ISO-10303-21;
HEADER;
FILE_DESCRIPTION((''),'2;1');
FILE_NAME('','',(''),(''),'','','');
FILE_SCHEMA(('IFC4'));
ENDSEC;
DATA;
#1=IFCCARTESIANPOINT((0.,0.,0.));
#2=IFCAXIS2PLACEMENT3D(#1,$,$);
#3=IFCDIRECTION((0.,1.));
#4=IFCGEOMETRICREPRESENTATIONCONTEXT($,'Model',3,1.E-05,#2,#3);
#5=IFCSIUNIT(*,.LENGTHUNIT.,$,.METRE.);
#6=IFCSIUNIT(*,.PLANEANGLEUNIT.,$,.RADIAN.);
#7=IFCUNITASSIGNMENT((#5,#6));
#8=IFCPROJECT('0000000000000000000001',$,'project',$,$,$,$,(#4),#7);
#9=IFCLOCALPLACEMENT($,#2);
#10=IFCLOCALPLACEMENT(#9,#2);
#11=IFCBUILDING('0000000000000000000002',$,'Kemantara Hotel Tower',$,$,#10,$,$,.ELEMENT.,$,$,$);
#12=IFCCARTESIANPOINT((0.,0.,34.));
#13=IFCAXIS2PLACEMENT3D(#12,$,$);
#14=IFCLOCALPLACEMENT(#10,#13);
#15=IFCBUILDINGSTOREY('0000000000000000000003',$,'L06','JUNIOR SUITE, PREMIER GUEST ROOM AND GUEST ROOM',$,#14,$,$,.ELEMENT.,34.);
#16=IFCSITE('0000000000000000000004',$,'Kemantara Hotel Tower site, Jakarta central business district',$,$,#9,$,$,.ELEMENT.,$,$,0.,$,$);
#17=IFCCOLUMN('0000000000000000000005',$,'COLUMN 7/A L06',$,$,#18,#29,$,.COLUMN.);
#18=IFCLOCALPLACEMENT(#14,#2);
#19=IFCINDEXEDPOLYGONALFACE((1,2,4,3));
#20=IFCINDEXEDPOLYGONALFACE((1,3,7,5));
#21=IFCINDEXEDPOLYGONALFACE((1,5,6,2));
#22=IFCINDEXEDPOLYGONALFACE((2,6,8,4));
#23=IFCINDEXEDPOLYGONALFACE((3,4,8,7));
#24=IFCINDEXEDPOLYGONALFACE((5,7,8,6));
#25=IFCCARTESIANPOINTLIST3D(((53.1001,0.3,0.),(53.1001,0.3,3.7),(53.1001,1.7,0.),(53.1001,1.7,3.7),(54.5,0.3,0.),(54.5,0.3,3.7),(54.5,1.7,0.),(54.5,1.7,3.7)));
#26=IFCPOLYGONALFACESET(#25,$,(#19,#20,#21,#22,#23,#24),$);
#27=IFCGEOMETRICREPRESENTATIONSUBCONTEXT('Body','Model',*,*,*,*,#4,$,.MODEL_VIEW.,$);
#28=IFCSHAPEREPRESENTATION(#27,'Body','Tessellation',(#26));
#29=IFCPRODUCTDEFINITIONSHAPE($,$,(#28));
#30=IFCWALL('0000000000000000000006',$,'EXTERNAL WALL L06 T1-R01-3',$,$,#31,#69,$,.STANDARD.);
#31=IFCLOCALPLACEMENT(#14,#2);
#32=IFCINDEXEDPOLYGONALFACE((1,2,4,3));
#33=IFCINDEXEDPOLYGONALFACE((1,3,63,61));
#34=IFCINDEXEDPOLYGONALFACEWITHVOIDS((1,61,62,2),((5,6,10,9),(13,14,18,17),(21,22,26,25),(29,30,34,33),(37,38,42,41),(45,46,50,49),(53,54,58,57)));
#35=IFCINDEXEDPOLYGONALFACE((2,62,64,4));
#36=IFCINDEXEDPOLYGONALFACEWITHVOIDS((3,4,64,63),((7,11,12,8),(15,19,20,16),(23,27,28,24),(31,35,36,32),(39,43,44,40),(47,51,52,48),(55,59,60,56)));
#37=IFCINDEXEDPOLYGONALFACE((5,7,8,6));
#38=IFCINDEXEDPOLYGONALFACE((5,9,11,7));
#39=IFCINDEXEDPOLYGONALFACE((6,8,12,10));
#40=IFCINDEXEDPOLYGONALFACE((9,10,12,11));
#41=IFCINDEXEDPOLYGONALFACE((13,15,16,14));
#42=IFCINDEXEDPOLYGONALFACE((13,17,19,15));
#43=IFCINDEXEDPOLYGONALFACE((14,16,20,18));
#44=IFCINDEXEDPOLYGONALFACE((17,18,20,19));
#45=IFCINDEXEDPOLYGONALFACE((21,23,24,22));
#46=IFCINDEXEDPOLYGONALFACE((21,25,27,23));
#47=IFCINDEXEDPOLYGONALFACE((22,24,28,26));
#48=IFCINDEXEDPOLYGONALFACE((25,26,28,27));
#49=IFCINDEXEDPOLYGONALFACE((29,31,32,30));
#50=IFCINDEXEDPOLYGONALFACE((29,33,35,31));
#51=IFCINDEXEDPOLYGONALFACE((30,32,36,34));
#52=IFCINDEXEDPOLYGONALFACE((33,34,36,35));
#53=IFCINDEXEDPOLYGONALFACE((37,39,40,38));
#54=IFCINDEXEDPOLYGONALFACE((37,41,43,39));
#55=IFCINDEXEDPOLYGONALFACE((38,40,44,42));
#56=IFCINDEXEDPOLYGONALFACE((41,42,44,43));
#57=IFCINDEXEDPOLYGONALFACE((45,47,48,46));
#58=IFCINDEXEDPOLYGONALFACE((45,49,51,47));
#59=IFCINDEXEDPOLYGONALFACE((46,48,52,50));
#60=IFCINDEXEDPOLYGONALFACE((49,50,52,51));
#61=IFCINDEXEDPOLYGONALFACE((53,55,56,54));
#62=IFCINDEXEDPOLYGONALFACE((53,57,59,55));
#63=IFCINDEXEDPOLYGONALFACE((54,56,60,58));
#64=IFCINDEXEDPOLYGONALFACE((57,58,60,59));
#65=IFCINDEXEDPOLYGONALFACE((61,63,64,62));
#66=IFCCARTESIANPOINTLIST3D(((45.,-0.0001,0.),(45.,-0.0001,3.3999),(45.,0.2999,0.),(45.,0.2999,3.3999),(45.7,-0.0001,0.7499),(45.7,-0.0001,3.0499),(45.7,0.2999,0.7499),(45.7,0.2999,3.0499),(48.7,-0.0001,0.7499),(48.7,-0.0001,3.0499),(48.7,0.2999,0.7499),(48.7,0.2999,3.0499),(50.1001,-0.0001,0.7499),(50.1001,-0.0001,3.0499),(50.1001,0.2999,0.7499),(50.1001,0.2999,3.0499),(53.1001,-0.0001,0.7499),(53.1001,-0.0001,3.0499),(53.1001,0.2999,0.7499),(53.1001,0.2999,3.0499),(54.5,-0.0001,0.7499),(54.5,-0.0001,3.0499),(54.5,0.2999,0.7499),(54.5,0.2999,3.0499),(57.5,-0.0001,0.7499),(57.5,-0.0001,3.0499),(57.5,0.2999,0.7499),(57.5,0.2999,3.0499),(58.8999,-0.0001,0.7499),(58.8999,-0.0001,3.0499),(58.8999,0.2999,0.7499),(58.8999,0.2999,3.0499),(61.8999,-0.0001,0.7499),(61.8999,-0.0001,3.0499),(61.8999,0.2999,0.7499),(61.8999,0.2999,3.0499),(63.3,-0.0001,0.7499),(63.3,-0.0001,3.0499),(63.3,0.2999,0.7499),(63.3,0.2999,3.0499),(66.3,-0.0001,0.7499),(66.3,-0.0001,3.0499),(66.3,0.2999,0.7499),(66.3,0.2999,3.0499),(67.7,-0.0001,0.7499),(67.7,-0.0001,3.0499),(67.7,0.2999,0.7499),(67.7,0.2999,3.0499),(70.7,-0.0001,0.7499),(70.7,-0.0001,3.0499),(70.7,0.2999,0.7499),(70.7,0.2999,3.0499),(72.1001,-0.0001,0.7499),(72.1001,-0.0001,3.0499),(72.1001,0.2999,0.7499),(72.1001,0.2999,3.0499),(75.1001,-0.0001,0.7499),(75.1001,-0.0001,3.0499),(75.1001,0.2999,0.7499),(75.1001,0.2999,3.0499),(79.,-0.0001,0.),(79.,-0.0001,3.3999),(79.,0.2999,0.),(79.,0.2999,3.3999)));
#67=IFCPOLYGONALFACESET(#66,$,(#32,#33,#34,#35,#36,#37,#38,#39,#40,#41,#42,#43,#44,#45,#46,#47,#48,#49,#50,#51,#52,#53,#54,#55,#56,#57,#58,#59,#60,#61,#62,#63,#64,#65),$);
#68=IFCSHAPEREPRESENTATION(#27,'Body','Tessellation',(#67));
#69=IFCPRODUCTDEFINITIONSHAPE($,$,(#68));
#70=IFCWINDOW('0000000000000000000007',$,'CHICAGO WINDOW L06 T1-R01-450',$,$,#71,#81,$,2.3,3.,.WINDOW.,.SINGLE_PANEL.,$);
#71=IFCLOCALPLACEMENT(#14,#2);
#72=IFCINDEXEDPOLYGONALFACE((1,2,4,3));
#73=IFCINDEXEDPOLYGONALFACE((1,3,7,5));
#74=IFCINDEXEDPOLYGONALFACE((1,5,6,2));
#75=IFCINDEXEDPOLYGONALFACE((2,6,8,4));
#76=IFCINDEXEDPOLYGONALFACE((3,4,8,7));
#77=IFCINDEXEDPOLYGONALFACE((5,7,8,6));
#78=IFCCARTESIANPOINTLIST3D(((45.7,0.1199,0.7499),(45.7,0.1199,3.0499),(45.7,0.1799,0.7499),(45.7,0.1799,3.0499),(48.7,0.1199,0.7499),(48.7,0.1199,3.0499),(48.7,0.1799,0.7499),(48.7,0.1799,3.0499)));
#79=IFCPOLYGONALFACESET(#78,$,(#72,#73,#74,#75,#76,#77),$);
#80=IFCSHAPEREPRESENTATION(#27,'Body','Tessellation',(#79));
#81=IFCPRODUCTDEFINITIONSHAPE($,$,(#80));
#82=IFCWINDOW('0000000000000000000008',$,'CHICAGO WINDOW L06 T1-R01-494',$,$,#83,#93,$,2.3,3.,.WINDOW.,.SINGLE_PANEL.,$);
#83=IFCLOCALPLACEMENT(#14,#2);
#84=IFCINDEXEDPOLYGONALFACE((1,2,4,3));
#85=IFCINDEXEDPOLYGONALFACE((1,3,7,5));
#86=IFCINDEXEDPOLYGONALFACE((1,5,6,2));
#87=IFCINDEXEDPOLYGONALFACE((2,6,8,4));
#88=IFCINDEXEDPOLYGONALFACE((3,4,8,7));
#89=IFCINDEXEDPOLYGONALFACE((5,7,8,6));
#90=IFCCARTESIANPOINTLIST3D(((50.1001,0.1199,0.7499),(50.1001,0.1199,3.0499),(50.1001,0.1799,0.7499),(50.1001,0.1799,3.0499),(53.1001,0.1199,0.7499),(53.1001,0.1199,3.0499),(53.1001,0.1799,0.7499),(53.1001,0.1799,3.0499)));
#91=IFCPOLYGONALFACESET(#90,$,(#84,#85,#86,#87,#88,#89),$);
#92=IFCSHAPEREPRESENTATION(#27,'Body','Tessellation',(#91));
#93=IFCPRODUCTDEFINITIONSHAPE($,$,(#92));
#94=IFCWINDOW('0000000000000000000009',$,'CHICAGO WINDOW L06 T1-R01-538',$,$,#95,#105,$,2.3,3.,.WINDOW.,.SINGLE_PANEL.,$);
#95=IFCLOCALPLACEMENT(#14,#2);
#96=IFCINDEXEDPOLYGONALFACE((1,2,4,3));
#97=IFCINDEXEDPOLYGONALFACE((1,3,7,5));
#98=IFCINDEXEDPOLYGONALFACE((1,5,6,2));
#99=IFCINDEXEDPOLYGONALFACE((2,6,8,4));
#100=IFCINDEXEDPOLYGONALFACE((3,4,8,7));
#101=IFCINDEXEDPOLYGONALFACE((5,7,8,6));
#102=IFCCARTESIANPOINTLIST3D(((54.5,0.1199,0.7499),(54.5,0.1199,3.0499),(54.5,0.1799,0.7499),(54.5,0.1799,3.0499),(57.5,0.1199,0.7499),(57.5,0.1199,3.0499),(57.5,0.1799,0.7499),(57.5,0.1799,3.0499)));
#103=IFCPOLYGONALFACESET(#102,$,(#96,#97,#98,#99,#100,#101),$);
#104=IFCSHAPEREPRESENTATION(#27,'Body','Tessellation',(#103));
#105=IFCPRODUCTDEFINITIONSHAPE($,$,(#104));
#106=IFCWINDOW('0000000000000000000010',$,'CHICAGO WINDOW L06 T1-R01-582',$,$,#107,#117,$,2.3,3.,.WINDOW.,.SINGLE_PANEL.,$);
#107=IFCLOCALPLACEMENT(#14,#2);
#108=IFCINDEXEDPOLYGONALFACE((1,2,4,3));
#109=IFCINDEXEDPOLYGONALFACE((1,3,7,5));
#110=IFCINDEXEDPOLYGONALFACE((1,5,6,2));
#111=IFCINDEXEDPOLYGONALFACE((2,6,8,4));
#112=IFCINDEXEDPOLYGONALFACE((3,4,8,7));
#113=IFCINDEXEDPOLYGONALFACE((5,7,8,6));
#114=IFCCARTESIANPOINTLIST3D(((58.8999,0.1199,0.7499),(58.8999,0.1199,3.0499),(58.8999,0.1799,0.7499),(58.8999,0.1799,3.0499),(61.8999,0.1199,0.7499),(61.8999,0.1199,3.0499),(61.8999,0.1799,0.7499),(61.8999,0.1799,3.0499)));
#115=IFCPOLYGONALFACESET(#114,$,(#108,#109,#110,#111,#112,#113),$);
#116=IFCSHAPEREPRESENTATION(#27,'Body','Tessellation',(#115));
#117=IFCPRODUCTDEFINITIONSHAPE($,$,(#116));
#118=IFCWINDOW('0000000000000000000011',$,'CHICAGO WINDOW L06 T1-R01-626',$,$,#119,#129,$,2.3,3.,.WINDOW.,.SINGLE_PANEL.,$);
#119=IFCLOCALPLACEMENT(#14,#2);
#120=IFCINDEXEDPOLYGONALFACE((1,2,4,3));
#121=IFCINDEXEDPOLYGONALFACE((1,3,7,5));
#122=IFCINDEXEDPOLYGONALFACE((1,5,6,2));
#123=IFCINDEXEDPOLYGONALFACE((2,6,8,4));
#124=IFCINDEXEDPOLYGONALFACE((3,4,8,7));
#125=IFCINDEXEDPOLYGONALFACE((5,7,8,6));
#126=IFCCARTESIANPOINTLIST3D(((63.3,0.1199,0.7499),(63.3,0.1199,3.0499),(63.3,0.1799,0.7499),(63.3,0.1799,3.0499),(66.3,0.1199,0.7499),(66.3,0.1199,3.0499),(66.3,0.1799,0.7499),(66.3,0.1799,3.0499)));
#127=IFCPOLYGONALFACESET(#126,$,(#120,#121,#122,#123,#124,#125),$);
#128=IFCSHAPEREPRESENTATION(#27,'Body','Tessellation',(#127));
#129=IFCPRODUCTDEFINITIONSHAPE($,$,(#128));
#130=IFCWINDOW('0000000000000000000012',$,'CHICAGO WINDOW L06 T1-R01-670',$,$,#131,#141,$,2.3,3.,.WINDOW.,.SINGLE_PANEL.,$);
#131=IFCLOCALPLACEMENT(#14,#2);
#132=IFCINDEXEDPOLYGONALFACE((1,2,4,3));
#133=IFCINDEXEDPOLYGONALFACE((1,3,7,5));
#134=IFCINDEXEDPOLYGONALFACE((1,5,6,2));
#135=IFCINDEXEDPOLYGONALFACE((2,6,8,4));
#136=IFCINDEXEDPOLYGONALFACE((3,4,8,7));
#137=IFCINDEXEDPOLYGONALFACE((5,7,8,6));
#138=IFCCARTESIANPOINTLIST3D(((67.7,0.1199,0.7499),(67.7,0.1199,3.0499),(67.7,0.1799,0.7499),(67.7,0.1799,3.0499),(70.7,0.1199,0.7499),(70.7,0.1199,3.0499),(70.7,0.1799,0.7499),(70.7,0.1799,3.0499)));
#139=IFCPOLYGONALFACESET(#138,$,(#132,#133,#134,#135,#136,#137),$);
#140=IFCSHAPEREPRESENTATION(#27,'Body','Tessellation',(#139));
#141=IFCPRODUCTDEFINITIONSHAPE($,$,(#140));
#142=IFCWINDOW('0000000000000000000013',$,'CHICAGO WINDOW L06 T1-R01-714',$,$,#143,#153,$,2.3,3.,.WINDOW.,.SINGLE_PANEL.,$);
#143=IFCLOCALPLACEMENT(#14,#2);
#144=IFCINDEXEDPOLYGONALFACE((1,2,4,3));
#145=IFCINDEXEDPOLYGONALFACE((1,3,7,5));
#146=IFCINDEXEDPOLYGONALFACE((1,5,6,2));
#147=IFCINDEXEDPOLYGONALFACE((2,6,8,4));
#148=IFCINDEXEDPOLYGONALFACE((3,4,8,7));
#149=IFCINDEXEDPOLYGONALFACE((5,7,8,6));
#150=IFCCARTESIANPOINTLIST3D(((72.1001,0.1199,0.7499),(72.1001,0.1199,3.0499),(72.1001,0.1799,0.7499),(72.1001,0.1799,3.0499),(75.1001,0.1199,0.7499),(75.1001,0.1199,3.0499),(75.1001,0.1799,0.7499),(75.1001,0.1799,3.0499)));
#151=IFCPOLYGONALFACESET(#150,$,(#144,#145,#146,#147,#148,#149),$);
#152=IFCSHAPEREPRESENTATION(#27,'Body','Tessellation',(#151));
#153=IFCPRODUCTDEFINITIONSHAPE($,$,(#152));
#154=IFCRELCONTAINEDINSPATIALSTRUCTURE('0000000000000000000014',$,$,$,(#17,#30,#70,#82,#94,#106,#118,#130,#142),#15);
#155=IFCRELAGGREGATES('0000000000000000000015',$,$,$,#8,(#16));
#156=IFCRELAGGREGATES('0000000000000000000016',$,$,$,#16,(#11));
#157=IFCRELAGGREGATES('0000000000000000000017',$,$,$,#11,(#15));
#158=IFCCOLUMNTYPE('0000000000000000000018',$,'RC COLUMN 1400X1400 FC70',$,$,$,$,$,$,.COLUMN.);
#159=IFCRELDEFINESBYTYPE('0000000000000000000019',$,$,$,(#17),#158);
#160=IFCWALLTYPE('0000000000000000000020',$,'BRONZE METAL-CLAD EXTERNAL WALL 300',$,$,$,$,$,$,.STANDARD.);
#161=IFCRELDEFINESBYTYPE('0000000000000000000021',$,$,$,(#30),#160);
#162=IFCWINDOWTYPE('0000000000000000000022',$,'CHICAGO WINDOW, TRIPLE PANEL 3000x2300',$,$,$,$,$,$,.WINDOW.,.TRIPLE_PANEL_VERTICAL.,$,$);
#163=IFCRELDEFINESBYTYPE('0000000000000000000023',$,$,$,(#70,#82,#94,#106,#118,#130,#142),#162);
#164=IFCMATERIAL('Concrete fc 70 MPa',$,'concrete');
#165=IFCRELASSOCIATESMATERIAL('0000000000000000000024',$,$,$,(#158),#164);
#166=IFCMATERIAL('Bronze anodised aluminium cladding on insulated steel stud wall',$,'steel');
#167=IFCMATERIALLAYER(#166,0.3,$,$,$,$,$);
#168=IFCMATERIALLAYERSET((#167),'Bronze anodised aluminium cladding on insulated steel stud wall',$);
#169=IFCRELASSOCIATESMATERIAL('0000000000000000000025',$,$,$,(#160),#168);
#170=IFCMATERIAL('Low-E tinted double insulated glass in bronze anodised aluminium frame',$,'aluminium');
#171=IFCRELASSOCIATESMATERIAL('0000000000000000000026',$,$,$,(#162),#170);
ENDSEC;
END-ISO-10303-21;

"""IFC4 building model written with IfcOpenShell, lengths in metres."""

from ifc_helpers import new_model, si_unit, direction, frame, frame_2d, origin, origin_2d, place, context, subcontext, project, spatial, rectangle, extrude, material, layer, layer_set, material_profile, profile_set, type_object, element, fill, save


model = new_model("IFC4")

# Units and contexts
model_context = context("Model", 3, precision=1e-05, world=origin(), true_north=direction((0.0, 1.0)))
body_context = subcontext(model_context, "Body", "Model", "MODEL_VIEW")
ifc_project = project(units=[si_unit("LENGTHUNIT", "METRE"), si_unit("PLANEANGLEUNIT", "RADIAN")], contexts=[model_context])

# Site, building, storey
site_placement = place(None, origin())
site = spatial("IfcSite", under=ifc_project, at=site_placement, Name="Kemantara Hotel Tower site, Jakarta central business district", CompositionType="ELEMENT", RefElevation=0.0)
building_placement = place(site_placement, origin())
building = spatial("IfcBuilding", under=site, at=building_placement, Name="Kemantara Hotel Tower", CompositionType="ELEMENT")
storey_placement = place(building_placement, frame((0.0, 0.0, 34.0)))
storey = spatial("IfcBuildingStorey", under=building, at=storey_placement, Name="L06", Description="JUNIOR SUITE, PREMIER GUEST ROOM AND GUEST ROOM", CompositionType="ELEMENT", Elevation=34.0)

# Column
ifc_material_1 = material(Name="Concrete fc 70 MPa", Category="concrete")
ifc_material_profile = material_profile(ifc_material_1, rectangle(XDim=1.3999, YDim=1.3999, at=origin_2d()), Name="RC 1400X1400")
ifc_profile_set = profile_set([ifc_material_profile], Name="Concrete fc 70 MPa")
column_type = type_object("IfcColumnType", Name="RC COLUMN 1400X1400 FC70", PredefinedType="COLUMN", material=ifc_profile_set)
column_placement = place(storey_placement, frame((53.8, 1.0, 0.0), z_axis=(0.0, 0.0, 1.0), x_axis=(1.0, 0.0, 0.0)))
element("IfcColumn", 1, at=column_placement, inside=storey, type_object=column_type, Name="COLUMN 7/A L06", PredefinedType="COLUMN", context=body_context, shape_type="SweptSolid", body=[
    extrude(rectangle(XDim=1.3999, YDim=1.3999, at=origin_2d()), origin(), (0.0, 0.0, 1.0), 3.7),
])

# Wall, openings, windows
ifc_material_2 = material(Name="Bronze anodised aluminium cladding on insulated steel stud wall", Category="steel")
ifc_layer_1 = layer(ifc_material_2, 0.3)
ifc_layer_set_1 = layer_set([ifc_layer_1], Name="Bronze anodised aluminium cladding on insulated steel stud wall")
wall_type_1 = type_object("IfcWallType", Name="BRONZE METAL-CLAD EXTERNAL WALL 300", PredefinedType="STANDARD", material=ifc_layer_set_1)
wall_1_placement = place(storey_placement, frame((45.0, 0.1499, 0.0), z_axis=(0.0, 0.0, 1.0), x_axis=(1.0, 0.0, 0.0)))
wall_1 = element("IfcWall", 2, at=wall_1_placement, inside=storey, type_object=wall_type_1, Name="EXTERNAL WALL L06 T1-R01-3", PredefinedType="STANDARD", context=body_context, shape_type="SweptSolid", body=[
    extrude(rectangle(XDim=34.0, YDim=0.3, at=frame_2d((17.0, 0.0))), origin(), (0.0, 0.0, 1.0), 3.3999),
])
opening_1_placement = place(wall_1_placement, frame((0.7, 0.0, 0.75)))
opening_1 = element("IfcOpeningElement", 3, at=opening_1_placement, cuts=wall_1, PredefinedType="OPENING", context=body_context, shape_type="SweptSolid", body=[
    extrude(rectangle(XDim=3.0, YDim=2.3, at=frame_2d((1.5, 1.1499))), frame((0.0, 0.1599, 0.0), z_axis=(0.0, -1.0, 0.0), x_axis=(1.0, 0.0, 0.0)), (0.0, 0.0, 1.0), 0.3201),
])
opening_2_placement = place(wall_1_placement, frame((5.1001, 0.0, 0.75)))
opening_2 = element("IfcOpeningElement", 4, at=opening_2_placement, cuts=wall_1, PredefinedType="OPENING", context=body_context, shape_type="SweptSolid", body=[
    extrude(rectangle(XDim=3.0, YDim=2.3, at=frame_2d((1.5, 1.1499))), frame((0.0, 0.1599, 0.0), z_axis=(0.0, -1.0, 0.0), x_axis=(1.0, 0.0, 0.0)), (0.0, 0.0, 1.0), 0.3201),
])
opening_3_placement = place(wall_1_placement, frame((9.5, 0.0, 0.75)))
opening_3 = element("IfcOpeningElement", 5, at=opening_3_placement, cuts=wall_1, PredefinedType="OPENING", context=body_context, shape_type="SweptSolid", body=[
    extrude(rectangle(XDim=3.0, YDim=2.3, at=frame_2d((1.5, 1.1499))), frame((0.0, 0.1599, 0.0), z_axis=(0.0, -1.0, 0.0), x_axis=(1.0, 0.0, 0.0)), (0.0, 0.0, 1.0), 0.3201),
])
opening_4_placement = place(wall_1_placement, frame((13.8999, 0.0, 0.75)))
opening_4 = element("IfcOpeningElement", 6, at=opening_4_placement, cuts=wall_1, PredefinedType="OPENING", context=body_context, shape_type="SweptSolid", body=[
    extrude(rectangle(XDim=3.0, YDim=2.3, at=frame_2d((1.5, 1.1499))), frame((0.0, 0.1599, 0.0), z_axis=(0.0, -1.0, 0.0), x_axis=(1.0, 0.0, 0.0)), (0.0, 0.0, 1.0), 0.3201),
])
opening_5_placement = place(wall_1_placement, frame((18.3, 0.0, 0.75)))
opening_5 = element("IfcOpeningElement", 7, at=opening_5_placement, cuts=wall_1, PredefinedType="OPENING", context=body_context, shape_type="SweptSolid", body=[
    extrude(rectangle(XDim=3.0, YDim=2.3, at=frame_2d((1.5, 1.1499))), frame((0.0, 0.1599, 0.0), z_axis=(0.0, -1.0, 0.0), x_axis=(1.0, 0.0, 0.0)), (0.0, 0.0, 1.0), 0.3201),
])
opening_6_placement = place(wall_1_placement, frame((22.7, 0.0, 0.75)))
opening_6 = element("IfcOpeningElement", 8, at=opening_6_placement, cuts=wall_1, PredefinedType="OPENING", context=body_context, shape_type="SweptSolid", body=[
    extrude(rectangle(XDim=3.0, YDim=2.3, at=frame_2d((1.5, 1.1499))), frame((0.0, 0.1599, 0.0), z_axis=(0.0, -1.0, 0.0), x_axis=(1.0, 0.0, 0.0)), (0.0, 0.0, 1.0), 0.3201),
])
opening_7_placement = place(wall_1_placement, frame((27.1001, 0.0, 0.75)))
opening_7 = element("IfcOpeningElement", 9, at=opening_7_placement, cuts=wall_1, PredefinedType="OPENING", context=body_context, shape_type="SweptSolid", body=[
    extrude(rectangle(XDim=3.0, YDim=2.3, at=frame_2d((1.5, 1.1499))), frame((0.0, 0.1599, 0.0), z_axis=(0.0, -1.0, 0.0), x_axis=(1.0, 0.0, 0.0)), (0.0, 0.0, 1.0), 0.3201),
])
ifc_material_3 = material(Name="Low-E tinted double insulated glass in bronze anodised aluminium frame", Category="aluminium")
window_type = type_object("IfcWindowType", Name="CHICAGO WINDOW, TRIPLE PANEL 3000x2300", PartitioningType="TRIPLE_PANEL_VERTICAL", PredefinedType="WINDOW", material=ifc_material_3)
window_1_placement = place(opening_1_placement, origin())
window_1 = element("IfcWindow", 10, at=window_1_placement, inside=storey, type_object=window_type, Name="CHICAGO WINDOW L06 T1-R01-450", OverallHeight=2.3, OverallWidth=3.0, PartitioningType="SINGLE_PANEL", PredefinedType="WINDOW", context=body_context, shape_type="SweptSolid", body=[
    extrude(rectangle(XDim=3.0, YDim=2.3, at=frame_2d((1.5, 1.1499))), frame((0.0, 0.03, 0.0), z_axis=(0.0, -1.0, 0.0), x_axis=(1.0, 0.0, 0.0)), (0.0, 0.0, 1.0), 0.0601),
])
fill(opening_1, window_1)
window_2_placement = place(opening_2_placement, origin())
window_2 = element("IfcWindow", 11, at=window_2_placement, inside=storey, type_object=window_type, Name="CHICAGO WINDOW L06 T1-R01-494", OverallHeight=2.3, OverallWidth=3.0, PartitioningType="SINGLE_PANEL", PredefinedType="WINDOW", context=body_context, shape_type="SweptSolid", body=[
    extrude(rectangle(XDim=3.0, YDim=2.3, at=frame_2d((1.5, 1.1499))), frame((0.0, 0.03, 0.0), z_axis=(0.0, -1.0, 0.0), x_axis=(1.0, 0.0, 0.0)), (0.0, 0.0, 1.0), 0.0601),
])
fill(opening_2, window_2)
window_3_placement = place(opening_3_placement, origin())
window_3 = element("IfcWindow", 12, at=window_3_placement, inside=storey, type_object=window_type, Name="CHICAGO WINDOW L06 T1-R01-538", OverallHeight=2.3, OverallWidth=3.0, PartitioningType="SINGLE_PANEL", PredefinedType="WINDOW", context=body_context, shape_type="SweptSolid", body=[
    extrude(rectangle(XDim=3.0, YDim=2.3, at=frame_2d((1.5, 1.1499))), frame((0.0, 0.03, 0.0), z_axis=(0.0, -1.0, 0.0), x_axis=(1.0, 0.0, 0.0)), (0.0, 0.0, 1.0), 0.0601),
])
fill(opening_3, window_3)
window_4_placement = place(opening_4_placement, origin())
window_4 = element("IfcWindow", 13, at=window_4_placement, inside=storey, type_object=window_type, Name="CHICAGO WINDOW L06 T1-R01-582", OverallHeight=2.3, OverallWidth=3.0, PartitioningType="SINGLE_PANEL", PredefinedType="WINDOW", context=body_context, shape_type="SweptSolid", body=[
    extrude(rectangle(XDim=3.0, YDim=2.3, at=frame_2d((1.5, 1.1499))), frame((0.0, 0.03, 0.0), z_axis=(0.0, -1.0, 0.0), x_axis=(1.0, 0.0, 0.0)), (0.0, 0.0, 1.0), 0.0601),
])
fill(opening_4, window_4)
window_5_placement = place(opening_5_placement, origin())
window_5 = element("IfcWindow", 14, at=window_5_placement, inside=storey, type_object=window_type, Name="CHICAGO WINDOW L06 T1-R01-626", OverallHeight=2.3, OverallWidth=3.0, PartitioningType="SINGLE_PANEL", PredefinedType="WINDOW", context=body_context, shape_type="SweptSolid", body=[
    extrude(rectangle(XDim=3.0, YDim=2.3, at=frame_2d((1.5, 1.1499))), frame((0.0, 0.03, 0.0), z_axis=(0.0, -1.0, 0.0), x_axis=(1.0, 0.0, 0.0)), (0.0, 0.0, 1.0), 0.0601),
])
fill(opening_5, window_5)
window_6_placement = place(opening_6_placement, origin())
window_6 = element("IfcWindow", 15, at=window_6_placement, inside=storey, type_object=window_type, Name="CHICAGO WINDOW L06 T1-R01-670", OverallHeight=2.3, OverallWidth=3.0, PartitioningType="SINGLE_PANEL", PredefinedType="WINDOW", context=body_context, shape_type="SweptSolid", body=[
    extrude(rectangle(XDim=3.0, YDim=2.3, at=frame_2d((1.5, 1.1499))), frame((0.0, 0.03, 0.0), z_axis=(0.0, -1.0, 0.0), x_axis=(1.0, 0.0, 0.0)), (0.0, 0.0, 1.0), 0.0601),
])
fill(opening_6, window_6)
window_7_placement = place(opening_7_placement, origin())
window_7 = element("IfcWindow", 16, at=window_7_placement, inside=storey, type_object=window_type, Name="CHICAGO WINDOW L06 T1-R01-714", OverallHeight=2.3, OverallWidth=3.0, PartitioningType="SINGLE_PANEL", PredefinedType="WINDOW", context=body_context, shape_type="SweptSolid", body=[
    extrude(rectangle(XDim=3.0, YDim=2.3, at=frame_2d((1.5, 1.1499))), frame((0.0, 0.03, 0.0), z_axis=(0.0, -1.0, 0.0), x_axis=(1.0, 0.0, 0.0)), (0.0, 0.0, 1.0), 0.0601),
])
fill(opening_7, window_7)

save(model, "model.ifc")
